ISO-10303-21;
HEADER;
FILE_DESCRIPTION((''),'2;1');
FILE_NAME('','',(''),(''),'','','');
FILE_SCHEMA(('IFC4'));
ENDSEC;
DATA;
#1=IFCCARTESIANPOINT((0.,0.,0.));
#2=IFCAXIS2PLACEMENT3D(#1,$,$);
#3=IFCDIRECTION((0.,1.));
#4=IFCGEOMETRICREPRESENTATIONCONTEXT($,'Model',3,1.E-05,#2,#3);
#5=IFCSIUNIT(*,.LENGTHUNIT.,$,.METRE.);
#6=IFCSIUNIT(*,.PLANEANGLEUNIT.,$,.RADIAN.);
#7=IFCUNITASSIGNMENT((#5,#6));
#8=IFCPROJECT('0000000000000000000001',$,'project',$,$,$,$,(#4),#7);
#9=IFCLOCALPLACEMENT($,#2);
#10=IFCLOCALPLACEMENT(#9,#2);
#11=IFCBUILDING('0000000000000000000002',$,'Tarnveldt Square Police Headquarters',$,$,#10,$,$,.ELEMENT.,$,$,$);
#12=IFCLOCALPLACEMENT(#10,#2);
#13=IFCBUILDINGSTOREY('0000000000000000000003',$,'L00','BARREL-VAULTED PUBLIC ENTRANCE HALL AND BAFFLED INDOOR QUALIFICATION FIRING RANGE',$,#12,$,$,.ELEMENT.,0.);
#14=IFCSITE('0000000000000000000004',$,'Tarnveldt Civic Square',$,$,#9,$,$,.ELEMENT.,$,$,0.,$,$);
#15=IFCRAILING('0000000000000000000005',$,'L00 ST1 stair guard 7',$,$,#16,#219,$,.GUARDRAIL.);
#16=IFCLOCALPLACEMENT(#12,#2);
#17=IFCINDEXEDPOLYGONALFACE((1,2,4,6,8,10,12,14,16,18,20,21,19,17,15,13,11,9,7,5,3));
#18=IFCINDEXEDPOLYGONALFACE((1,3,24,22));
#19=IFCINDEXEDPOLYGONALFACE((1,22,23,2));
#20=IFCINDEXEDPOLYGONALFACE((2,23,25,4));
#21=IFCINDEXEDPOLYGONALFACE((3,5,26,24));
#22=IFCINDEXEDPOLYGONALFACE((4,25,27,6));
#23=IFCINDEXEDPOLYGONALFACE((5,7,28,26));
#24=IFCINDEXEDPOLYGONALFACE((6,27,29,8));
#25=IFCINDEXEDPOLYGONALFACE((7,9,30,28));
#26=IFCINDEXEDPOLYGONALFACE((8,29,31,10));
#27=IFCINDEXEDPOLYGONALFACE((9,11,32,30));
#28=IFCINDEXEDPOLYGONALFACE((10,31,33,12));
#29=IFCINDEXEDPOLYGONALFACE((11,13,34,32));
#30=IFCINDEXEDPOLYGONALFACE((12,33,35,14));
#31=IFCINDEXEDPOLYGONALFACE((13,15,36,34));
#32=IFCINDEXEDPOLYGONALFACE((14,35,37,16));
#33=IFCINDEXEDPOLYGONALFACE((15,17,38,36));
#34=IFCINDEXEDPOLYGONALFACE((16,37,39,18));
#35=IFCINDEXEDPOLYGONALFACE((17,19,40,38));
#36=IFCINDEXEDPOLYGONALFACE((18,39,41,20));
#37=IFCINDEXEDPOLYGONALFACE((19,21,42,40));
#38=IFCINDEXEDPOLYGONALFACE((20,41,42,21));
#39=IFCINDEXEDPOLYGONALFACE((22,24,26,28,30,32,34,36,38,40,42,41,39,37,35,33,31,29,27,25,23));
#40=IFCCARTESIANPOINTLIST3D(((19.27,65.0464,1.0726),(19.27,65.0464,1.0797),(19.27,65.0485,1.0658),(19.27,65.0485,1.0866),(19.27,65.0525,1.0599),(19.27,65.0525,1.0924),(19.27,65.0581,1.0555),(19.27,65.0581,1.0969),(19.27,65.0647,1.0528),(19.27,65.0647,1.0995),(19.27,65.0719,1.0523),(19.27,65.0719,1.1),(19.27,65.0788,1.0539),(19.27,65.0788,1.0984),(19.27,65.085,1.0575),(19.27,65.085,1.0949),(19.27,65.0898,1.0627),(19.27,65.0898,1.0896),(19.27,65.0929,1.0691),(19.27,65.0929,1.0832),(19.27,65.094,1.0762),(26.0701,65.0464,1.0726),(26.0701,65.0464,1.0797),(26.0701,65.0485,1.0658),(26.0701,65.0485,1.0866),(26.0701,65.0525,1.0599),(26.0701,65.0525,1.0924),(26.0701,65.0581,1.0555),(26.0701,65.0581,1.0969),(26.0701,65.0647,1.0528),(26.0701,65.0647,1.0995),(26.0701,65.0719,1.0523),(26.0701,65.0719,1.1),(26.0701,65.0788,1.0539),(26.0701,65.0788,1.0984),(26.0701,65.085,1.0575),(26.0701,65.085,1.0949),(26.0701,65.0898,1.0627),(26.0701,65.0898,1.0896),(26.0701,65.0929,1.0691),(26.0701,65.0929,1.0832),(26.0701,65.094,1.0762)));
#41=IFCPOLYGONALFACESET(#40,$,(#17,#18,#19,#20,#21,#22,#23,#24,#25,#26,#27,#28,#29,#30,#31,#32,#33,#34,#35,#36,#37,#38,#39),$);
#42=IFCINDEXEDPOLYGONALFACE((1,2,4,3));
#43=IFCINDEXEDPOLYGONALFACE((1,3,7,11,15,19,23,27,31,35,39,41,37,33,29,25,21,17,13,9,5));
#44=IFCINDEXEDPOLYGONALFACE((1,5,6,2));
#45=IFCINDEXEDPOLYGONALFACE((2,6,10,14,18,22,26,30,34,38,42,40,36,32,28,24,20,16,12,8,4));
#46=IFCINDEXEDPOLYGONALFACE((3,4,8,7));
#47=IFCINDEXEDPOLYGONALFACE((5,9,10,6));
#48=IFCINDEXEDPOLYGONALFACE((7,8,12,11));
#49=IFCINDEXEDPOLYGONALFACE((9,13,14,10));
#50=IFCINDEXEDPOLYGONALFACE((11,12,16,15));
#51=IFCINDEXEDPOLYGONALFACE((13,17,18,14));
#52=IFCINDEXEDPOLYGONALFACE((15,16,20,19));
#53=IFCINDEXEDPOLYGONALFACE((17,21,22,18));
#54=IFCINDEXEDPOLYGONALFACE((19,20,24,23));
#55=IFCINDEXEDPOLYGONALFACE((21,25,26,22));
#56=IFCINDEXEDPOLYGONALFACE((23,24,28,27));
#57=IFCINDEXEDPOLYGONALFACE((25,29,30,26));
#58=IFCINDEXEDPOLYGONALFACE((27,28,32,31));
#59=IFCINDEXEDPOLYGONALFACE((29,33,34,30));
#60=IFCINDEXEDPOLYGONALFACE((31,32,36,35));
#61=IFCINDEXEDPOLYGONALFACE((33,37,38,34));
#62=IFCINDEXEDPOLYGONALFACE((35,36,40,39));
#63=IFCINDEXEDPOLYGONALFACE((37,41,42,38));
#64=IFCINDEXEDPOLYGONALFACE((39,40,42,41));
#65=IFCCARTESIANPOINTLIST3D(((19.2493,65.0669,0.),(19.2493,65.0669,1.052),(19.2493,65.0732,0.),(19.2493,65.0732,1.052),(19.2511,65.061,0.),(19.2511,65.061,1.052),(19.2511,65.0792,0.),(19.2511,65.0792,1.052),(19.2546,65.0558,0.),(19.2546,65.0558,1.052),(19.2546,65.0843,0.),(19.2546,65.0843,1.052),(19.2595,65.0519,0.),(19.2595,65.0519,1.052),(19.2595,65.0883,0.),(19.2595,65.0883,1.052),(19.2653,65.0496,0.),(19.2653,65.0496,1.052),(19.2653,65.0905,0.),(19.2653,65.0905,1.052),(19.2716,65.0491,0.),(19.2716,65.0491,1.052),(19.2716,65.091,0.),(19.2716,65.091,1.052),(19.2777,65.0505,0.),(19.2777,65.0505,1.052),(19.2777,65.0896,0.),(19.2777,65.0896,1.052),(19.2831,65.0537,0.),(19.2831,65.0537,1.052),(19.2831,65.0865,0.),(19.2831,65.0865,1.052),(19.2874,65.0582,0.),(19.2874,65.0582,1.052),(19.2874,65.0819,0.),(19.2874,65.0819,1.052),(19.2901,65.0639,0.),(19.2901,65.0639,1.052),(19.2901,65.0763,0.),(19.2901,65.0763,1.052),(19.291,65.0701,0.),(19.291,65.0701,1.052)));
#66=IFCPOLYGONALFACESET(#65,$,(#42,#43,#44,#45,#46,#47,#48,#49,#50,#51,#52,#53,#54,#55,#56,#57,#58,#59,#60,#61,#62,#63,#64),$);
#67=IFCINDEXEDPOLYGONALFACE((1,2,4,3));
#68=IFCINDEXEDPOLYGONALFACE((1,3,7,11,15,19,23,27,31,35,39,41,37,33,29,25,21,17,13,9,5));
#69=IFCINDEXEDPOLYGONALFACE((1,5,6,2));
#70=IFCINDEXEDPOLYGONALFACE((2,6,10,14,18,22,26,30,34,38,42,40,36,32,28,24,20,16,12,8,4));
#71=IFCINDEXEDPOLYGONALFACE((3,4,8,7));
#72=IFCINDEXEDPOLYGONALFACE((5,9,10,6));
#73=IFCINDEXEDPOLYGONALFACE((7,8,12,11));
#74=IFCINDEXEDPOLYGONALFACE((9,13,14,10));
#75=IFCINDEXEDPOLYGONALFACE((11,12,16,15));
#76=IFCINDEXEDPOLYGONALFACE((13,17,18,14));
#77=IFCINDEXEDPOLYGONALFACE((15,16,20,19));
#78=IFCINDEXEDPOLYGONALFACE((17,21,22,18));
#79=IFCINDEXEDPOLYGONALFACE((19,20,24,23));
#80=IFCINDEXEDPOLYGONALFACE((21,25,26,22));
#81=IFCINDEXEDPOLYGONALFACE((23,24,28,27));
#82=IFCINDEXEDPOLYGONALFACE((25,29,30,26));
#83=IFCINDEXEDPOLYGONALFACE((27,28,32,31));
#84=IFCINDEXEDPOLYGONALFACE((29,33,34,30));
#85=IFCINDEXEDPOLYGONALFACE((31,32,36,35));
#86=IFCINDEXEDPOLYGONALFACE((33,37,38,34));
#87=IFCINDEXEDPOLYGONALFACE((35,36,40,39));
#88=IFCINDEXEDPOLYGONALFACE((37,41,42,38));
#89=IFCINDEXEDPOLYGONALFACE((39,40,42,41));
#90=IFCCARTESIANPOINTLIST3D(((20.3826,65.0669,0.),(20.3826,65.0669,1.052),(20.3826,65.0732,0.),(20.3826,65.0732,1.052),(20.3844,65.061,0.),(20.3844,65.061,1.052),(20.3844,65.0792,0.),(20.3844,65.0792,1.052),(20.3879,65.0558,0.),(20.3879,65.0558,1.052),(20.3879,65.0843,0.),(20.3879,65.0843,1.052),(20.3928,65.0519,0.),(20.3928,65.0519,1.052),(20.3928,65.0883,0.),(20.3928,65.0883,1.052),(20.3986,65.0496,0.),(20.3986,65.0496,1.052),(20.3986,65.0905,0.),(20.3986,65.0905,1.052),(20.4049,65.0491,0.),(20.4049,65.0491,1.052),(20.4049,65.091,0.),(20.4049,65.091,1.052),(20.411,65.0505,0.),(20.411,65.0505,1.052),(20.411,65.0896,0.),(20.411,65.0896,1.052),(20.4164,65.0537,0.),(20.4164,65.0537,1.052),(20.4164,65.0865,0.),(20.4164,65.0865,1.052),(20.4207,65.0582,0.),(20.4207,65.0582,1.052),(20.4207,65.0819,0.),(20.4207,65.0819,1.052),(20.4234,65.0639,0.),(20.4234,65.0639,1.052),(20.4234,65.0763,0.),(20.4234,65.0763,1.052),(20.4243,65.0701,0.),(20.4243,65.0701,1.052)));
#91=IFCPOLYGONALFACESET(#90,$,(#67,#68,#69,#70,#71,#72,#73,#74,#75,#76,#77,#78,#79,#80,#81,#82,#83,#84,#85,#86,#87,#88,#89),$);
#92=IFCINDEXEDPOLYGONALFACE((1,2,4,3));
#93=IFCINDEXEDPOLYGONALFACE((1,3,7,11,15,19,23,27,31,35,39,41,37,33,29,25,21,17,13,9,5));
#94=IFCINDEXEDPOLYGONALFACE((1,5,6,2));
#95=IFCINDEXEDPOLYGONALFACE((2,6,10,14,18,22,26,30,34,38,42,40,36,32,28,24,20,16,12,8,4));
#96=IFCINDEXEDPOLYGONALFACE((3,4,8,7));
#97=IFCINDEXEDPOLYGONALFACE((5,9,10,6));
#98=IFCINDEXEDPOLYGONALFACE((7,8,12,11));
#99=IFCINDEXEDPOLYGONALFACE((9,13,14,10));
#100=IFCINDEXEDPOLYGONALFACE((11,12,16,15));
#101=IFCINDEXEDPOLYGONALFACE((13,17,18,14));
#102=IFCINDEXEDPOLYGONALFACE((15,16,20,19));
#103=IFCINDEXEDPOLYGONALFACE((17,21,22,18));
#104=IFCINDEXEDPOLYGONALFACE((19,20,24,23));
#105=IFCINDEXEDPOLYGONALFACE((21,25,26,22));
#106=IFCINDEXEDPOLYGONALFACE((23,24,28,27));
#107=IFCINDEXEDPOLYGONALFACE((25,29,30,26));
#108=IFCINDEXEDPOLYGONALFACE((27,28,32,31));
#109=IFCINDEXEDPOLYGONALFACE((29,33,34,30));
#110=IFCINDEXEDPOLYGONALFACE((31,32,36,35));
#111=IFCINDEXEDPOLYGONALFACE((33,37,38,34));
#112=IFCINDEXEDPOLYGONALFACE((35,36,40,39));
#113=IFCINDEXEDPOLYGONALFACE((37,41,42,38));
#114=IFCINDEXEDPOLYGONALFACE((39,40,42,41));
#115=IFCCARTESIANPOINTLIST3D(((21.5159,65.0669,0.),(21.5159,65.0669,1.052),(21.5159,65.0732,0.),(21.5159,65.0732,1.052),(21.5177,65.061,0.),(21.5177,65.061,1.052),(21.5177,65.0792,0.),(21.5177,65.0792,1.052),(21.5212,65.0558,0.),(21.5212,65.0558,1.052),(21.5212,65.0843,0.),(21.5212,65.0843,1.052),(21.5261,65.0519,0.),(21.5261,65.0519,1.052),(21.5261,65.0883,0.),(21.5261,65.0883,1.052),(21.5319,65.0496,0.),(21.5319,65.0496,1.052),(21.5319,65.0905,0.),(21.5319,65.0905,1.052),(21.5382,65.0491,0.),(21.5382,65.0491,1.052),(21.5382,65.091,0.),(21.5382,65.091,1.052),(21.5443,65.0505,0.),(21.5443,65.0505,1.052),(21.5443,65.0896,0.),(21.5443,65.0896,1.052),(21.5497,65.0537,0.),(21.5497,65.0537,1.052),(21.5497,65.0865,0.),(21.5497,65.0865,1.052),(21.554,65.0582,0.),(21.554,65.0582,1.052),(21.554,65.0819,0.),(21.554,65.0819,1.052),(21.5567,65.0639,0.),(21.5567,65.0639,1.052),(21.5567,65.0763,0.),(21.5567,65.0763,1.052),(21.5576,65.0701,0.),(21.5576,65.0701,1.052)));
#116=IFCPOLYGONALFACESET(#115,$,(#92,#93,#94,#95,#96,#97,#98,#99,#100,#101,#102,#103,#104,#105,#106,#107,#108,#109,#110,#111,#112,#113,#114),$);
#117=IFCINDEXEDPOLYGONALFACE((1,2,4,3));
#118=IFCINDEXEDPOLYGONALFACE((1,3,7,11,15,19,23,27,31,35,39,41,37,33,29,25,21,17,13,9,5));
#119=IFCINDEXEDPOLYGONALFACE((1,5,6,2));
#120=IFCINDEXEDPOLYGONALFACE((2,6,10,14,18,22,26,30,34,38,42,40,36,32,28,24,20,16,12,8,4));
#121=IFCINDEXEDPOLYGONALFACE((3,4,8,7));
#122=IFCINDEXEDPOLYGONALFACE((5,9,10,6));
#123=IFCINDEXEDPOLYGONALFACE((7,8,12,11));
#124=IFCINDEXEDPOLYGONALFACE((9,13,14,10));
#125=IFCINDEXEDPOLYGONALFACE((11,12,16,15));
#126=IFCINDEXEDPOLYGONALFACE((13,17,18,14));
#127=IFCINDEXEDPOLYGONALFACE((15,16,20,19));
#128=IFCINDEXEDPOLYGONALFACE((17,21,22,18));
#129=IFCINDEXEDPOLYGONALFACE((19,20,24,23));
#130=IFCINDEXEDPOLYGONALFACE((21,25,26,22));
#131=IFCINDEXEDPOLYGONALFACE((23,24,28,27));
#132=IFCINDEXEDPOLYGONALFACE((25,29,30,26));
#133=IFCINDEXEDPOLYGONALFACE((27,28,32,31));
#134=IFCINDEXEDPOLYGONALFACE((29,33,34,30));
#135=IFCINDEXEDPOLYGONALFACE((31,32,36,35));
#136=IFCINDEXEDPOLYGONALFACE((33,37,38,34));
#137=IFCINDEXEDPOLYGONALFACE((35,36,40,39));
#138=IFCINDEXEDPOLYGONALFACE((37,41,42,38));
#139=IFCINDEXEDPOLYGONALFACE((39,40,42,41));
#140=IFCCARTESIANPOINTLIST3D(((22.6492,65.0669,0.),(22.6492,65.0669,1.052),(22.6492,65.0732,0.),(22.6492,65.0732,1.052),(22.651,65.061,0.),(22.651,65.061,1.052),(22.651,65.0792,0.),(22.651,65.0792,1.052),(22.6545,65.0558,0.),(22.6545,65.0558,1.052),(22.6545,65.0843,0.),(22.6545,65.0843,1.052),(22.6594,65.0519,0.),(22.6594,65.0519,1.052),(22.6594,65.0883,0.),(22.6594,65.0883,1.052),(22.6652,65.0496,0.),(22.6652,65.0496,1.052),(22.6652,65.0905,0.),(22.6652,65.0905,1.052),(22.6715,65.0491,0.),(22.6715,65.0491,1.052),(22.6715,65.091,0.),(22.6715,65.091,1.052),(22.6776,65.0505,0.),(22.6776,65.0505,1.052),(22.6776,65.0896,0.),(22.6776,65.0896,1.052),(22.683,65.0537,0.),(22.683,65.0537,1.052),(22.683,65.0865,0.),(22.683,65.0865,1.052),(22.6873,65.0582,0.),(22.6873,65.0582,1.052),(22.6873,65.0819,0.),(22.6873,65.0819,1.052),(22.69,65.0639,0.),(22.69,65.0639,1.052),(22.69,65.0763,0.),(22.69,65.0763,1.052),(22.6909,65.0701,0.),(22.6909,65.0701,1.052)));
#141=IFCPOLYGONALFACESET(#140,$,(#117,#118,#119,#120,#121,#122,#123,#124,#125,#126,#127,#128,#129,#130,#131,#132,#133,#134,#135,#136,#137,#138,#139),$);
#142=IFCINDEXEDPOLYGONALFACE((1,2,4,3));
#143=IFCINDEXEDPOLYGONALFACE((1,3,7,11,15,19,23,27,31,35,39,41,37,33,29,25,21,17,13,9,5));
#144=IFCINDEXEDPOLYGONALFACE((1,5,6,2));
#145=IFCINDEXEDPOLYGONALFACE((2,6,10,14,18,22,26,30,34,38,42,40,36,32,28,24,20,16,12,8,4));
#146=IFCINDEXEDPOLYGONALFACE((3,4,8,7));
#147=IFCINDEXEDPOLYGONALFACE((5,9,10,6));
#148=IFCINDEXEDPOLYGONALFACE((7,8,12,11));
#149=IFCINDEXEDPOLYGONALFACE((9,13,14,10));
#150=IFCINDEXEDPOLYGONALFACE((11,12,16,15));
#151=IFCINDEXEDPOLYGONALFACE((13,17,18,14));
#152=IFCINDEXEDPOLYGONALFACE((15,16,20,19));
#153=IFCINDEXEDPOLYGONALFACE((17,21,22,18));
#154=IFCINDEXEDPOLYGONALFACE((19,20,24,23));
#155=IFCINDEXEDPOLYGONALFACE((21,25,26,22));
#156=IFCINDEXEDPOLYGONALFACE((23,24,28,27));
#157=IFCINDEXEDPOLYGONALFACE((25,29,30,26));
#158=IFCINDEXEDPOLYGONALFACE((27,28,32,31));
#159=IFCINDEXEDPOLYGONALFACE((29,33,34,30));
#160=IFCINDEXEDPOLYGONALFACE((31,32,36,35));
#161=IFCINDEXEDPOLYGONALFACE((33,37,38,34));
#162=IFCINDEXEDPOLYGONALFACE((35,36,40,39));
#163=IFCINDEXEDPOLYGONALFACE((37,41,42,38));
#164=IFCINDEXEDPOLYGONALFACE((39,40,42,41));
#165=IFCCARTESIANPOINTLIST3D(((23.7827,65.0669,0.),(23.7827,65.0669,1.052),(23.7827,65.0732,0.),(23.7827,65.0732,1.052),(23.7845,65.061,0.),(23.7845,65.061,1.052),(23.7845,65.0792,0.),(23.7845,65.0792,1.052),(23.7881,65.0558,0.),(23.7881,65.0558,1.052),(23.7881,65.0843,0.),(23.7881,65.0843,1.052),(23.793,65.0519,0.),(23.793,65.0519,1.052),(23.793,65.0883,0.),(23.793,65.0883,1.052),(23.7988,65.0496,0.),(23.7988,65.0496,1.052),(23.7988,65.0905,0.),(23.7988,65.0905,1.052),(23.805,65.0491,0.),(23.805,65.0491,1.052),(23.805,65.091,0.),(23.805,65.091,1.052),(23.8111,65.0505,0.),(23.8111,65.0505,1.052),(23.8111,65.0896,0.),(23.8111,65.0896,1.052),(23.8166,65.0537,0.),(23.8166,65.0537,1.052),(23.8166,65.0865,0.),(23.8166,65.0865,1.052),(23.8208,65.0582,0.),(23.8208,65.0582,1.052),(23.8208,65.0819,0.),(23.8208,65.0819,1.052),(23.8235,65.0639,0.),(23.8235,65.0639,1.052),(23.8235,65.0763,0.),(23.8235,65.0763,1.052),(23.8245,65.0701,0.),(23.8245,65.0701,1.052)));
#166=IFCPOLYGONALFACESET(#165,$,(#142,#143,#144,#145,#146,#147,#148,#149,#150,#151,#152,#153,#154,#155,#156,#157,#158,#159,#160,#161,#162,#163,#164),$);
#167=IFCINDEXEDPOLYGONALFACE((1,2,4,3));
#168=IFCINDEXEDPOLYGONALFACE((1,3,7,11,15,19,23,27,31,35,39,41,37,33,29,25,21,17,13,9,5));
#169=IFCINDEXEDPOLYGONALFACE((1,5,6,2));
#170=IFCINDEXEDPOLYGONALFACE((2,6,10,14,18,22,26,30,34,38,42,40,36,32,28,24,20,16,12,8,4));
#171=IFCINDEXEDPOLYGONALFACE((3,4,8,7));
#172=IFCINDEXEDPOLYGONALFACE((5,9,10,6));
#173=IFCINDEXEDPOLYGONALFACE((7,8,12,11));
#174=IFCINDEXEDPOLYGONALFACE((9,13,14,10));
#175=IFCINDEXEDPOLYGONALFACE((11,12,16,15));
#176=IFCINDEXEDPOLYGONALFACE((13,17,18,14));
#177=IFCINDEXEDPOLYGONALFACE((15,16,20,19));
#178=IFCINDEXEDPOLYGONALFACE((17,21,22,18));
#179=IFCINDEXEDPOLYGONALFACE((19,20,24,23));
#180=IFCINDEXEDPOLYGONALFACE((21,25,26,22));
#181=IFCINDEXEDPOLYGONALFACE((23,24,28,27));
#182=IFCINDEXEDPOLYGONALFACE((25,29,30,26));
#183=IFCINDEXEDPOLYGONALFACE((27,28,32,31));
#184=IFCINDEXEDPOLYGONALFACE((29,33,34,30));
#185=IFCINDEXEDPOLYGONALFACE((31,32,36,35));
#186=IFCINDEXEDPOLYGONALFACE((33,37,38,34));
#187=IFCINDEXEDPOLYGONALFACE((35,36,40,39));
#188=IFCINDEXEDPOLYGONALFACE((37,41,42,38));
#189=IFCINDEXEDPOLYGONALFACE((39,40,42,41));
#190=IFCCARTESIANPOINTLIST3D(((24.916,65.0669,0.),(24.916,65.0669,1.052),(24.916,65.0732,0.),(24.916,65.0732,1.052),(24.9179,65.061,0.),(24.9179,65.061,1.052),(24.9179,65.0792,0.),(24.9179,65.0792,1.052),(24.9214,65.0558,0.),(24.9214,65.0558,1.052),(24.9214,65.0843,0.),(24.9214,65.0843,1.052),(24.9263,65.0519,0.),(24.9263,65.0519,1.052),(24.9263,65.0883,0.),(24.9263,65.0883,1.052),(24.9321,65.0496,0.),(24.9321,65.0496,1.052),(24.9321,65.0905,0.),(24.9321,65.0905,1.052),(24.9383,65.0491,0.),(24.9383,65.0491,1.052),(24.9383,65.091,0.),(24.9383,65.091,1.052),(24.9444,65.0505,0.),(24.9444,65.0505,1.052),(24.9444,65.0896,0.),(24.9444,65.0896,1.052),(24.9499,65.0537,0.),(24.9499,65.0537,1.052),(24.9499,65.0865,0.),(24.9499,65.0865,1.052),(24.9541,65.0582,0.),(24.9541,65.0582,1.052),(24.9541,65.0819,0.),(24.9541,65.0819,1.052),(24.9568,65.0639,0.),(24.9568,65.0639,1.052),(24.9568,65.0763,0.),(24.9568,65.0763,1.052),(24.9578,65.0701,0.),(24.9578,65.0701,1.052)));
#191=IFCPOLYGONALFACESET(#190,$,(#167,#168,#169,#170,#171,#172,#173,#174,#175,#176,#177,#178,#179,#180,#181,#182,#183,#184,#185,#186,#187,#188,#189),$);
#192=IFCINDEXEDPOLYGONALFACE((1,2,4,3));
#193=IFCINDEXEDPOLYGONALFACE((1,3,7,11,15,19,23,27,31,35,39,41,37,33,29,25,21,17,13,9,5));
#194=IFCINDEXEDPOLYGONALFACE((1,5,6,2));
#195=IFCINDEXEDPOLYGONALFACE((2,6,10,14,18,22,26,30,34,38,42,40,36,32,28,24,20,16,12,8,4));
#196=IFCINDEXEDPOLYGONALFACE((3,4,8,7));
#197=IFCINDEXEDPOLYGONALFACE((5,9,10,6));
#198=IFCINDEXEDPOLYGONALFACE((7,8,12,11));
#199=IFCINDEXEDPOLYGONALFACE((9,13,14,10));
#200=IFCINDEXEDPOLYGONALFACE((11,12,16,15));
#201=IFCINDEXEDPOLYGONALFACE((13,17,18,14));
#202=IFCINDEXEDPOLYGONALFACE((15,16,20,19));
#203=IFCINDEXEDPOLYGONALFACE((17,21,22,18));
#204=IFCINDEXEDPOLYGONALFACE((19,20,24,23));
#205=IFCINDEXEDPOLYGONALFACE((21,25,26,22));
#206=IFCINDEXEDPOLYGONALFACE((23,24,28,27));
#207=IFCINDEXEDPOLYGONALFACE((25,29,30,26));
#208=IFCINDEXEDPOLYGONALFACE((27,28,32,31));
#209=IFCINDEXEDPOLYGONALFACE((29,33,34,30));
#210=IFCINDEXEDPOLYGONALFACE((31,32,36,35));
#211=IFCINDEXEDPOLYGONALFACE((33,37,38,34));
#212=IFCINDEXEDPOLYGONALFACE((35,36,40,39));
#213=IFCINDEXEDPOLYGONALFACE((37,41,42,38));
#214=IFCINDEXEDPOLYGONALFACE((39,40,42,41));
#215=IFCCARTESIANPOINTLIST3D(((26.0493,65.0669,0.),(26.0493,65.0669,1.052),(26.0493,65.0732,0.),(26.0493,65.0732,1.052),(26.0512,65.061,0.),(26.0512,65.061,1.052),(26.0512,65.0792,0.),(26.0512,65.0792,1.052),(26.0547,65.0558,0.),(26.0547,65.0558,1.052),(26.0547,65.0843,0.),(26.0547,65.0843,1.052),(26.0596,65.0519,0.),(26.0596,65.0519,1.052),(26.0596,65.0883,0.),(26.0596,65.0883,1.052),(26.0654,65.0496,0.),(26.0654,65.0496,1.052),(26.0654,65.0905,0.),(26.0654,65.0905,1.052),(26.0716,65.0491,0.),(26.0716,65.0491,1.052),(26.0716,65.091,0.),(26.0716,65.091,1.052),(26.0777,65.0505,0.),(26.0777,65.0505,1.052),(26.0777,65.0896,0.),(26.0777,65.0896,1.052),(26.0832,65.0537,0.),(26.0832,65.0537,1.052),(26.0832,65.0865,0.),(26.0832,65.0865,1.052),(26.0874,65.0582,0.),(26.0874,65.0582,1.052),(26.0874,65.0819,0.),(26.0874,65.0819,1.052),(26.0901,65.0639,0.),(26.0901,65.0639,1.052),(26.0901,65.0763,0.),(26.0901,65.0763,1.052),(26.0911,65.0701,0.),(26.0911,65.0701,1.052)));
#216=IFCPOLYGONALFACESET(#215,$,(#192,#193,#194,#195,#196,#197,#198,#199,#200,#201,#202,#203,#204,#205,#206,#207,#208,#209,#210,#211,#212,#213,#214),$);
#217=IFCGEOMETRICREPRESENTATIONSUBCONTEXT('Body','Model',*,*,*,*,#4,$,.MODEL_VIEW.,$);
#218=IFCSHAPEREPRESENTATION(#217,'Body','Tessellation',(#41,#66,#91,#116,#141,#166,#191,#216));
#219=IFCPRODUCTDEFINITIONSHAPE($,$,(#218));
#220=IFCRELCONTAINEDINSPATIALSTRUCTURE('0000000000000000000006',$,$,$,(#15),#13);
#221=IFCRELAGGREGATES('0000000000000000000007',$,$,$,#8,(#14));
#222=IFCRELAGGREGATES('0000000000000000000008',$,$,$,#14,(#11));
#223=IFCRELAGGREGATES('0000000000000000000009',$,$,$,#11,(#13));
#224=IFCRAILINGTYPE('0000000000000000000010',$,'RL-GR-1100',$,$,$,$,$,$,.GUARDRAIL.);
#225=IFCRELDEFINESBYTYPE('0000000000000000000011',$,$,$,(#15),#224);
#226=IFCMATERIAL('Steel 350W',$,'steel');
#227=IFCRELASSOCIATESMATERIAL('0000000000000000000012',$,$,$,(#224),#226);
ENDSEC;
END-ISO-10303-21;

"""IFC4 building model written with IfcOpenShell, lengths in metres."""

from ifc_helpers import new_model, si_unit, direction, frame, origin, origin_2d, place, context, subcontext, project, spatial, circle, extrude, material, type_object, element, save


model = new_model("IFC4")

# Units and contexts
model_context = context("Model", 3, precision=1e-05, world=origin(), true_north=direction((0.0, 1.0)))
body_context = subcontext(model_context, "Body", "Model", "MODEL_VIEW")
ifc_project = project(units=[si_unit("LENGTHUNIT", "METRE"), si_unit("PLANEANGLEUNIT", "RADIAN")], contexts=[model_context])

# Site, building, storey
site_placement = place(None, origin())
site = spatial("IfcSite", under=ifc_project, at=site_placement, Name="Tarnveldt Civic Square", CompositionType="ELEMENT", RefElevation=0.0)
building_placement = place(site_placement, origin())
building = spatial("IfcBuilding", under=site, at=building_placement, Name="Tarnveldt Square Police Headquarters", CompositionType="ELEMENT")
storey_placement = place(building_placement, origin())
storey = spatial("IfcBuildingStorey", under=building, at=storey_placement, Name="L00", Description="BARREL-VAULTED PUBLIC ENTRANCE HALL AND BAFFLED INDOOR QUALIFICATION FIRING RANGE", CompositionType="ELEMENT", Elevation=0.0)

# Shared definitions
ifc_material_1 = material(Name="Steel 350W", Category="steel")

# Railing
railing_type_1 = type_object("IfcRailingType", Name="RL-GR-1100", PredefinedType="GUARDRAIL", material=ifc_material_1)
railing_1_placement = place(storey_placement, frame((19.27, 65.0701, 0.0)))
element("IfcRailing", 1, at=railing_1_placement, inside=storey, type_object=railing_type_1, Name="L00 ST1 stair guard 7", PredefinedType="GUARDRAIL", context=body_context, shape_type="SweptSolid", body=[
    extrude(circle(Radius=0.0239, at=origin_2d()), frame((0.0, 0.0, 1.0762), z_axis=(1.0, 0.0, 0.0), x_axis=(0.0, 1.0, 0.0)), (0.0, 0.0, 1.0), 6.8),
    extrude(circle(Radius=0.021, at=origin_2d()), origin(), (0.0, 0.0, 1.0), 1.052),
    extrude(circle(Radius=0.021, at=origin_2d()), frame((1.1333, 0.0, 0.0)), (0.0, 0.0, 1.0), 1.052),
    extrude(circle(Radius=0.021, at=origin_2d()), frame((2.2666, 0.0, 0.0)), (0.0, 0.0, 1.0), 1.052),
    extrude(circle(Radius=0.021, at=origin_2d()), frame((3.3999, 0.0, 0.0)), (0.0, 0.0, 1.0), 1.052),
    extrude(circle(Radius=0.021, at=origin_2d()), frame((4.5334, 0.0, 0.0)), (0.0, 0.0, 1.0), 1.052),
    extrude(circle(Radius=0.021, at=origin_2d()), frame((5.6667, 0.0, 0.0)), (0.0, 0.0, 1.0), 1.052),
    extrude(circle(Radius=0.021, at=origin_2d()), frame((6.8, 0.0, 0.0)), (0.0, 0.0, 1.0), 1.052),
])

save(model, "model.ifc")
